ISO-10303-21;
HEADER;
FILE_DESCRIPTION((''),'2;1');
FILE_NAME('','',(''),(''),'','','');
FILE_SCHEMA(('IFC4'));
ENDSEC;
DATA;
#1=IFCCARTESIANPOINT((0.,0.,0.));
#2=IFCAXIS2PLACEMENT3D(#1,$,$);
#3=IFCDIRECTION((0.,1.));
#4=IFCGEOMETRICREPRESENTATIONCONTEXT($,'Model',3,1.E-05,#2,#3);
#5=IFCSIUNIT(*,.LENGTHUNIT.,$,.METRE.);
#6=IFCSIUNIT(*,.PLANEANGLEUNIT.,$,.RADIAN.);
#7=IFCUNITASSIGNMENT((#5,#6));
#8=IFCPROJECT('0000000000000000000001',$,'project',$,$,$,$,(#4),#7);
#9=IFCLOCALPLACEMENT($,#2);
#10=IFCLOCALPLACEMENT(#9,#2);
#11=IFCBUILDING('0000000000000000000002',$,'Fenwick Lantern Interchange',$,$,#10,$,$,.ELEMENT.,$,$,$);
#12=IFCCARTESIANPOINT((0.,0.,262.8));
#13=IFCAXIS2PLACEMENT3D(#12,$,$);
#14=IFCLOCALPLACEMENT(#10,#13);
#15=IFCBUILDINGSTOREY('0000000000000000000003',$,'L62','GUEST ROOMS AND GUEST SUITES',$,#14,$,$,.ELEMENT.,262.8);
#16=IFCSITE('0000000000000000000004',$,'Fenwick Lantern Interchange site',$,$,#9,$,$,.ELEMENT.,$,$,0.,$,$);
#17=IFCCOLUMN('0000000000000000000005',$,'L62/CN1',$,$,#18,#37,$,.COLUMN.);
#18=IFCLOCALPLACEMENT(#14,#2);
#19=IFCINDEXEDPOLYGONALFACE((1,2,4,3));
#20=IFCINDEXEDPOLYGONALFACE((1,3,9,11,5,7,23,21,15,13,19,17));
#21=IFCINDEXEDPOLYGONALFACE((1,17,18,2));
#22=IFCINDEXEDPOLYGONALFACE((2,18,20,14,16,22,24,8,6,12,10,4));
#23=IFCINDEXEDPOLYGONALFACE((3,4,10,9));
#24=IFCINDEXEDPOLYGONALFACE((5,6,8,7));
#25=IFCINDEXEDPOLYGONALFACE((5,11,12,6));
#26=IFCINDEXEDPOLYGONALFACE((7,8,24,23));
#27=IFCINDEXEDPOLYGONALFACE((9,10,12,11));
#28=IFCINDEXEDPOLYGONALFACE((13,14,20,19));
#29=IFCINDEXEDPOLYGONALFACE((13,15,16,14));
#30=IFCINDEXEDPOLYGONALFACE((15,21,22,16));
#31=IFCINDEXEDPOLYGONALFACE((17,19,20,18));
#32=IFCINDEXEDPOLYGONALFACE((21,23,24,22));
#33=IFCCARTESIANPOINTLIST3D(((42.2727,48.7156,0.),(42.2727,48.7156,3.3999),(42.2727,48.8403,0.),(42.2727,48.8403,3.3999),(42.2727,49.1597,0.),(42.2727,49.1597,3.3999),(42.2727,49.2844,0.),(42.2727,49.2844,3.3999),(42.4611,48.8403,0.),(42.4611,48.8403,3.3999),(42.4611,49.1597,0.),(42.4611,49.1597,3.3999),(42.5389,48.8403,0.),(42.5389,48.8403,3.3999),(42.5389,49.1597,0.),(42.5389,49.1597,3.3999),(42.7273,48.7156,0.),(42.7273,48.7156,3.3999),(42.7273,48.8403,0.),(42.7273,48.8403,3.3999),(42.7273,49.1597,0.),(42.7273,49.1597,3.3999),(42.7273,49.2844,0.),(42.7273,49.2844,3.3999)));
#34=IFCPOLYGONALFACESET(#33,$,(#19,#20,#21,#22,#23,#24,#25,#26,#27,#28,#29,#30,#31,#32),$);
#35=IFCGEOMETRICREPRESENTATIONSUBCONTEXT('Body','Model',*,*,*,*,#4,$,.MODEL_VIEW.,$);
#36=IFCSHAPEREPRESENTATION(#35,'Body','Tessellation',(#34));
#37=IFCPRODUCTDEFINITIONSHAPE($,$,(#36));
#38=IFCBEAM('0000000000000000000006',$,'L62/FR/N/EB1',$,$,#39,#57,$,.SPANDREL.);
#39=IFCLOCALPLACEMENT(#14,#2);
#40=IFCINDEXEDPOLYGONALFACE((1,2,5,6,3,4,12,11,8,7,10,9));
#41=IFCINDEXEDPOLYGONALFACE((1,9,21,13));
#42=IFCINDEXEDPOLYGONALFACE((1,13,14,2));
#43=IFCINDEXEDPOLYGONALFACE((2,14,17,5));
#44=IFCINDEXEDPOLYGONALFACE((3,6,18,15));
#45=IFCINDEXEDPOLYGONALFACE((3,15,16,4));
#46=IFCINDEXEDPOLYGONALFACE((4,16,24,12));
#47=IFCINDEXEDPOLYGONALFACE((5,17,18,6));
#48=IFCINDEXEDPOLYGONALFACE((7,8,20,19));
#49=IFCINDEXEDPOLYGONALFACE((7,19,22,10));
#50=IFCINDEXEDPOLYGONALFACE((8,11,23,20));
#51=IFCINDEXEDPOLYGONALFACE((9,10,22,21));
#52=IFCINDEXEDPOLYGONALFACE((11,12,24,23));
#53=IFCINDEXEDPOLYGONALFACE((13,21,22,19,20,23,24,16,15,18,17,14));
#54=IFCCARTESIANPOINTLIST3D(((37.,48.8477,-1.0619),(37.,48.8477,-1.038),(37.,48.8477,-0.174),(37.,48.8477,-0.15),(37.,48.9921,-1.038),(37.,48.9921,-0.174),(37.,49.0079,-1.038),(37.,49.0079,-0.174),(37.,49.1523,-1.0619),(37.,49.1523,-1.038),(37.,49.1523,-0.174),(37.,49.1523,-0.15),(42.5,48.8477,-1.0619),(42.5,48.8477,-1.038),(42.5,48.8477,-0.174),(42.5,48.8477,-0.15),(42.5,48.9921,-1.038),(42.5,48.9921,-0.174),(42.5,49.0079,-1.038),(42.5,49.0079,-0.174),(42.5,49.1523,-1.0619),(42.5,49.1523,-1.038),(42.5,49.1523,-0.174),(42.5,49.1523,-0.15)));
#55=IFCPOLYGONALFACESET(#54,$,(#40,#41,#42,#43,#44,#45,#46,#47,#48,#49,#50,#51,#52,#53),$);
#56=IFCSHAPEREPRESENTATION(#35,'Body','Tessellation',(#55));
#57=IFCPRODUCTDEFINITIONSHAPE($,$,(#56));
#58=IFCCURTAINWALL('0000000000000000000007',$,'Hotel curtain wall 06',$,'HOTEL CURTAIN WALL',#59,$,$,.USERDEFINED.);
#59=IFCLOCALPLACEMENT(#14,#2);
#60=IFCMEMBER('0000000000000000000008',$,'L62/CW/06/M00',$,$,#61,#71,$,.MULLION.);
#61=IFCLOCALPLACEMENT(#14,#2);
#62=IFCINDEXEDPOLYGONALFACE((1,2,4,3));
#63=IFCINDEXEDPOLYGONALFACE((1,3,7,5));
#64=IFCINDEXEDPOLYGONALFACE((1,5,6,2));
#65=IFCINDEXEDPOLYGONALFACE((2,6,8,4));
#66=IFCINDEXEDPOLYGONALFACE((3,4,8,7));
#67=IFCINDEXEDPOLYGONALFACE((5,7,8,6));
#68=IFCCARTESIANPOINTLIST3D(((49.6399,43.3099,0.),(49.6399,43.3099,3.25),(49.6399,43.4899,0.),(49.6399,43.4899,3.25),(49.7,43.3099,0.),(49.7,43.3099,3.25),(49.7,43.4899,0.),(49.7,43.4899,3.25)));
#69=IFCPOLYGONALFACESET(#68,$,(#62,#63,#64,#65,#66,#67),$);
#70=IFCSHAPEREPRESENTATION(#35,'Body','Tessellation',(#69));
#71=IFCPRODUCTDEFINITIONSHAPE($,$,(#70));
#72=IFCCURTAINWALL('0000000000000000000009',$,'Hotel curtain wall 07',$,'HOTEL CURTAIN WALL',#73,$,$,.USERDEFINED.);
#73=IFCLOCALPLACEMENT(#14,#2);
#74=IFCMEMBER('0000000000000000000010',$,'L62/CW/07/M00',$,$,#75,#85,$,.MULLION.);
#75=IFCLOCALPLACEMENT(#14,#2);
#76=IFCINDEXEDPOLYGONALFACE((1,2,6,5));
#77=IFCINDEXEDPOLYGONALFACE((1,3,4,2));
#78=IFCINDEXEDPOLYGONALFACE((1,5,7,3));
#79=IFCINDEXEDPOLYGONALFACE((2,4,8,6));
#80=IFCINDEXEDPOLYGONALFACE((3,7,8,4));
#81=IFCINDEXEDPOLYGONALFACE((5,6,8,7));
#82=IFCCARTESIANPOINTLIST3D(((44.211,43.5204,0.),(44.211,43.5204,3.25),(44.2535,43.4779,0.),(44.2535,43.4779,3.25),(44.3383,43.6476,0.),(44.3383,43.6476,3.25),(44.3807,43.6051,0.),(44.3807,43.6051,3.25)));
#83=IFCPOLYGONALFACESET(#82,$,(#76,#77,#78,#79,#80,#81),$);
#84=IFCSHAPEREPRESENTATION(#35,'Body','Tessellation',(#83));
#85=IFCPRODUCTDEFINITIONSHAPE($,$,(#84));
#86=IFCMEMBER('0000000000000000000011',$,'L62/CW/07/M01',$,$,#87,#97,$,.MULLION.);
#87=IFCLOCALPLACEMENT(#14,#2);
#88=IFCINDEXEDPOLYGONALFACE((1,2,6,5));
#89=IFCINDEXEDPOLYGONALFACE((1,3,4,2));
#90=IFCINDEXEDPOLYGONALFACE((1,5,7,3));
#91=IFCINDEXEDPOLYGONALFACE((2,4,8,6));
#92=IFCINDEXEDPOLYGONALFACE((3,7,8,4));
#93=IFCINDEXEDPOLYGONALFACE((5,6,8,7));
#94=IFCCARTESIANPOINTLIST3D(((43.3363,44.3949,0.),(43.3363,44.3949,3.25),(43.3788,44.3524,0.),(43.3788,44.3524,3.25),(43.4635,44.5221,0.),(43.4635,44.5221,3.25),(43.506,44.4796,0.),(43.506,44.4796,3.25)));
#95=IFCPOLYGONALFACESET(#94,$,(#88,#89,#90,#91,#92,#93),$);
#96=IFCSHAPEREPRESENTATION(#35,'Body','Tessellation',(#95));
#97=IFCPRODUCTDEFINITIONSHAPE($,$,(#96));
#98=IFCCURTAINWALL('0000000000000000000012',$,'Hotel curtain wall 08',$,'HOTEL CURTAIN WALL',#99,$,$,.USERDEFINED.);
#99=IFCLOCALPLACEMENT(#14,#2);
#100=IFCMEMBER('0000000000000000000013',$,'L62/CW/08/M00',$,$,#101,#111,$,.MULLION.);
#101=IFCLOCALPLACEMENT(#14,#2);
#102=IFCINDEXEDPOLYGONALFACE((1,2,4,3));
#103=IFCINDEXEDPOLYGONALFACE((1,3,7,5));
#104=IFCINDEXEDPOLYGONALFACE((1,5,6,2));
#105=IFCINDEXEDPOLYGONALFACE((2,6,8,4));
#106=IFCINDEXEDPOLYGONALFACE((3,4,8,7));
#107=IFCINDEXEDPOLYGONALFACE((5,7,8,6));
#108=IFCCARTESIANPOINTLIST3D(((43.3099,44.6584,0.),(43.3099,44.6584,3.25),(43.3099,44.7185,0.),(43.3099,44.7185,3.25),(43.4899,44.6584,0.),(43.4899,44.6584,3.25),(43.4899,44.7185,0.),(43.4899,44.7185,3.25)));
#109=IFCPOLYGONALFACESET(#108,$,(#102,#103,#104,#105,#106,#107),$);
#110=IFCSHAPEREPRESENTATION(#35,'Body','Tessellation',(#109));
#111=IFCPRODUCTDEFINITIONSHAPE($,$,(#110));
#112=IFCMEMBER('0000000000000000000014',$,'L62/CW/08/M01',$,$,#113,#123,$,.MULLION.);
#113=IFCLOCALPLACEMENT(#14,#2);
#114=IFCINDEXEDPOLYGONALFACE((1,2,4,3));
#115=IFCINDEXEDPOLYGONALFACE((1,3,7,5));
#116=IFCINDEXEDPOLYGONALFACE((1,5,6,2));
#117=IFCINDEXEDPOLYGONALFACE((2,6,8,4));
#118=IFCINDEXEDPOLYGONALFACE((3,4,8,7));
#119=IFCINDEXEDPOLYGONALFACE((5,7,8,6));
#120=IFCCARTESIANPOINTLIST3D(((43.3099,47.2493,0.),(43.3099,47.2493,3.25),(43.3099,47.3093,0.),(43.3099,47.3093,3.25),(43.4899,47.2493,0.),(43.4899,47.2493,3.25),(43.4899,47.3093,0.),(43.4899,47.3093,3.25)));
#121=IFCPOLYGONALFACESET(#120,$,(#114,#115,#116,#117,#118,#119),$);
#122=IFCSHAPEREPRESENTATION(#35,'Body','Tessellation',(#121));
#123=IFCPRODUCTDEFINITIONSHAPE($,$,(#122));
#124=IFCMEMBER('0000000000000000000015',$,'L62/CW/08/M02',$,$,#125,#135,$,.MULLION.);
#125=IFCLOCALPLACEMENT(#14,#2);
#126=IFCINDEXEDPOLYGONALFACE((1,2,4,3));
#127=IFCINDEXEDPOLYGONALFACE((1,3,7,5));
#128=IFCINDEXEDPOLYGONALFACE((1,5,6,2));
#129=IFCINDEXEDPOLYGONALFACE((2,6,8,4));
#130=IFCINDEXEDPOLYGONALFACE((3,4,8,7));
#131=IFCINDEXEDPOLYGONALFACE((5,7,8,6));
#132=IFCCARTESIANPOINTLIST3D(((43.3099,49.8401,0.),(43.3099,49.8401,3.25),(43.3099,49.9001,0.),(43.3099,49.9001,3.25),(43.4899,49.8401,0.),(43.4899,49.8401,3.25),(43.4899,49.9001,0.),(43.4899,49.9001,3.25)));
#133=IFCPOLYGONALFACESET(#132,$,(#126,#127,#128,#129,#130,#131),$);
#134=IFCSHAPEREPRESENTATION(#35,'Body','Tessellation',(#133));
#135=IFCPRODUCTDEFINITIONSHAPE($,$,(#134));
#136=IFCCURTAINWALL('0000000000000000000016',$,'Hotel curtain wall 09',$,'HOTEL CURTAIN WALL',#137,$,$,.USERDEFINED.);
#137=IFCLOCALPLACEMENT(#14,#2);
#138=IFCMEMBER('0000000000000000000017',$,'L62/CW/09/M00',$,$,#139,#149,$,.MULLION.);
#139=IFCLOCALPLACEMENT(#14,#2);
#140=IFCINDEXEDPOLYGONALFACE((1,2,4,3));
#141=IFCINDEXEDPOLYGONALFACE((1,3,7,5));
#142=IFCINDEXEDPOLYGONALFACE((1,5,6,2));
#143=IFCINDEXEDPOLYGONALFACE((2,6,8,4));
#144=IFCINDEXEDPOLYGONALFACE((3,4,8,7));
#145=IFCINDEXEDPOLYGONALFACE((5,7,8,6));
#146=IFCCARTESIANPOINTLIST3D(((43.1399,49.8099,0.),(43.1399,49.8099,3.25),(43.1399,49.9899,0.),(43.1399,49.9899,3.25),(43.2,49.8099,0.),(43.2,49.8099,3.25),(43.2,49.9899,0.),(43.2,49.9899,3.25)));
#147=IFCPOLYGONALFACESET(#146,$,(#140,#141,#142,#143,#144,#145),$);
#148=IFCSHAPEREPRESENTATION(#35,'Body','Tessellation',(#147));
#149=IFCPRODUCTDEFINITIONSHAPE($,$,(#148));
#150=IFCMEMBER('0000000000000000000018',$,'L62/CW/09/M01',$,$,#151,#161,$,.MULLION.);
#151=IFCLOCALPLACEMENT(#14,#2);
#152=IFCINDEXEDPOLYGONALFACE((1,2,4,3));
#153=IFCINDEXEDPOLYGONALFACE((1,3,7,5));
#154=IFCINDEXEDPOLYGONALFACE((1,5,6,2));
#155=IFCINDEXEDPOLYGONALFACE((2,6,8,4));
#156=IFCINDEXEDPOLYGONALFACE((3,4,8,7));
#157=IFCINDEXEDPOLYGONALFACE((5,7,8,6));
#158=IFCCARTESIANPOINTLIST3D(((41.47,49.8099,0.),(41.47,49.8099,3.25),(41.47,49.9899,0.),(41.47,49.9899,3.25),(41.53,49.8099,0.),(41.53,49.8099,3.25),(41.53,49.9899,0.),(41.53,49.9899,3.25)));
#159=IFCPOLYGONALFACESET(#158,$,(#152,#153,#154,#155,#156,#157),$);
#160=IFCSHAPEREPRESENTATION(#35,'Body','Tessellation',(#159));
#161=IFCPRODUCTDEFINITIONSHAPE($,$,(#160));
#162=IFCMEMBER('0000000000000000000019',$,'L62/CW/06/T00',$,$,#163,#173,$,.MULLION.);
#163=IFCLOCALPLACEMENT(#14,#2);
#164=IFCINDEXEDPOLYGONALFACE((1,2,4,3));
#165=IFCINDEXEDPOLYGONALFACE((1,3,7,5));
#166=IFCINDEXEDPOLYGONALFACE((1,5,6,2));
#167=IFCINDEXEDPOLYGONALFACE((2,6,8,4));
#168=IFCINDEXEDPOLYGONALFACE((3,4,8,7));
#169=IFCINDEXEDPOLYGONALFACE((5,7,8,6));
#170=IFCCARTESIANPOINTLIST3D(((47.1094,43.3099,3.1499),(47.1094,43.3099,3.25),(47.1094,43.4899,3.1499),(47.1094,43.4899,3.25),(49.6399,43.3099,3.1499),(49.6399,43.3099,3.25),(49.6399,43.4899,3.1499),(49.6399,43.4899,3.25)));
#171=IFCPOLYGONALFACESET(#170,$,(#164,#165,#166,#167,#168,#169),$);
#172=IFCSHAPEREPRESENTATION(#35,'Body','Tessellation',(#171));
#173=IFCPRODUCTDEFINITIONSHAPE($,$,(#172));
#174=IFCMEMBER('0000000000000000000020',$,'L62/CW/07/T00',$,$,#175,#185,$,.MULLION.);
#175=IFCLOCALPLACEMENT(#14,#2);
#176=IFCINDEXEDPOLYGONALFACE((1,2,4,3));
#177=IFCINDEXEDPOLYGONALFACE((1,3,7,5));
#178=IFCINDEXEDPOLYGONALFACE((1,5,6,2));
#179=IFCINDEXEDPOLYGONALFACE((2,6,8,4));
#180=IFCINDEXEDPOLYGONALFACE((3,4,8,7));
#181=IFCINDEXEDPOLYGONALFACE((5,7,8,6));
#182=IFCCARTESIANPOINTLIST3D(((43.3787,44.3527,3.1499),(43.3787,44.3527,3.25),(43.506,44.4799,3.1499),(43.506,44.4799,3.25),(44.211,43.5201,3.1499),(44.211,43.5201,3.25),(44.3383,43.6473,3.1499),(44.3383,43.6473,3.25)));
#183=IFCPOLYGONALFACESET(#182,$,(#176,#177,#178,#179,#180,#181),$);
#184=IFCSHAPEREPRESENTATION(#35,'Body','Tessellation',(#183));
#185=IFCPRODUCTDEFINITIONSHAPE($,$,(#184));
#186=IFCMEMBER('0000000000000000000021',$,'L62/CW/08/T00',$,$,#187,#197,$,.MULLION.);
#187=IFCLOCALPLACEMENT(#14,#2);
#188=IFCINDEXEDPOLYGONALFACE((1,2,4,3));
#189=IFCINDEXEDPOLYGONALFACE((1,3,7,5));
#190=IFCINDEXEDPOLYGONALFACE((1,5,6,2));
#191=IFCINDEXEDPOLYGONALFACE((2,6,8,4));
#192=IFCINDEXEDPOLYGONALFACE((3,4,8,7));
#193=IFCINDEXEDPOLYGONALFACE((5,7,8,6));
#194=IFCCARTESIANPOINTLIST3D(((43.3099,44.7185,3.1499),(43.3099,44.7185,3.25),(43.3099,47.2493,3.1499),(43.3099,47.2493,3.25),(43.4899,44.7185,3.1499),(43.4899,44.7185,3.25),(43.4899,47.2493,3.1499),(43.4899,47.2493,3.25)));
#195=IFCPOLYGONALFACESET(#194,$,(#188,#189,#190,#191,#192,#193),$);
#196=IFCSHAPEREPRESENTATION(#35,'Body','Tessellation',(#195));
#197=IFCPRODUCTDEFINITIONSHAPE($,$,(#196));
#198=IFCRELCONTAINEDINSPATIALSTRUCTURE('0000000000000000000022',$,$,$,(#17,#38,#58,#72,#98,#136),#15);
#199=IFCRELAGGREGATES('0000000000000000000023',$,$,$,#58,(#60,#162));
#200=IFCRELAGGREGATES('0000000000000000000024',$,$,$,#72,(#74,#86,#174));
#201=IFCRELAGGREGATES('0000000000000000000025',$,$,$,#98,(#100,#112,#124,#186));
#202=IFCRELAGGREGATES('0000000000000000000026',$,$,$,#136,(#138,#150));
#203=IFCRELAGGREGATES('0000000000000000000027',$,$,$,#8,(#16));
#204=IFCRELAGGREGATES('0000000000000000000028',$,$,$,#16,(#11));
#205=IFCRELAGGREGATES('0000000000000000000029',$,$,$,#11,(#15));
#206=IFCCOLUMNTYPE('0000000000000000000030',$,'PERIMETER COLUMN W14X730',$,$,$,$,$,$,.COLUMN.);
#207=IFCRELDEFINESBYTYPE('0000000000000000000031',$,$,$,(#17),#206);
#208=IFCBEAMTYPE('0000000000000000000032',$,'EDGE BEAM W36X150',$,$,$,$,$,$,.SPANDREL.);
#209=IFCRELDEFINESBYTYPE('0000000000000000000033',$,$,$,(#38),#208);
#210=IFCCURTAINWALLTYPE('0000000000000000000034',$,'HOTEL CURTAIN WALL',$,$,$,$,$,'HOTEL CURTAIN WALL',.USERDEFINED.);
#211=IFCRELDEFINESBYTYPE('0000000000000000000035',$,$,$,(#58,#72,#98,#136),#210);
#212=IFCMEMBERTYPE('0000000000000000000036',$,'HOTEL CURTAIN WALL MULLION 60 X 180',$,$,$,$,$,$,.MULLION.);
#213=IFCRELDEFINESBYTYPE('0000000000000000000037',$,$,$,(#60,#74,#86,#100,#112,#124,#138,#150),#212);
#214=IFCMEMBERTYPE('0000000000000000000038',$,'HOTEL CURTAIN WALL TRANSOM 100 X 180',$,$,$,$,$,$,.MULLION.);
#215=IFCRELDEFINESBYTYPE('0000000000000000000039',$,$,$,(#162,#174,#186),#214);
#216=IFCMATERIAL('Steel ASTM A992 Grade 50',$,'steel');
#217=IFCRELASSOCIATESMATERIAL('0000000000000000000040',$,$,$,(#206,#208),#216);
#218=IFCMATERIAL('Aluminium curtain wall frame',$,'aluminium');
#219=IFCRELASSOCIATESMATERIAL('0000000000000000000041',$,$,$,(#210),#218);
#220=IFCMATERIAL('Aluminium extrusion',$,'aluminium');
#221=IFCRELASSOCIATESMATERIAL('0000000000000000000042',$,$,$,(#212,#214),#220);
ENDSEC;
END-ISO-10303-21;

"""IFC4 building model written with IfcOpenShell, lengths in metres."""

from ifc_helpers import new_model, si_unit, direction, frame, origin, origin_2d, place, context, subcontext, project, spatial, rectangle, i_section, extrude, material, material_profile, profile_set, type_object, element, aggregate, save


model = new_model("IFC4")

# Units and contexts
model_context = context("Model", 3, precision=1e-05, world=origin(), true_north=direction((0.0, 1.0)))
body_context = subcontext(model_context, "Body", "Model", "MODEL_VIEW")
ifc_project = project(units=[si_unit("LENGTHUNIT", "METRE"), si_unit("PLANEANGLEUNIT", "RADIAN")], contexts=[model_context])

# Site, building, storey
site_placement = place(None, origin())
site = spatial("IfcSite", under=ifc_project, at=site_placement, Name="Fenwick Lantern Interchange site", CompositionType="ELEMENT", RefElevation=0.0)
building_placement = place(site_placement, origin())
building = spatial("IfcBuilding", under=site, at=building_placement, Name="Fenwick Lantern Interchange", CompositionType="ELEMENT")
storey_placement = place(building_placement, frame((0.0, 0.0, 262.8)))
storey = spatial("IfcBuildingStorey", under=building, at=storey_placement, Name="L62", Description="GUEST ROOMS AND GUEST SUITES", CompositionType="ELEMENT", Elevation=262.8)

# Column
ifc_material_1 = material(Name="Steel ASTM A992 Grade 50", Category="steel")
ifc_material_profile_1 = material_profile(ifc_material_1, i_section(OverallWidth=0.4546, OverallDepth=0.5688, WebThickness=0.0779, FlangeThickness=0.1248, at=origin_2d()), Name="W14X730")
ifc_profile_set_1 = profile_set([ifc_material_profile_1], Name="Steel ASTM A992 Grade 50")
column_type = type_object("IfcColumnType", Name="PERIMETER COLUMN W14X730", PredefinedType="COLUMN", material=ifc_profile_set_1)
column_placement = place(storey_placement, frame((42.5, 49.0, 0.0), z_axis=(0.0, 0.0, 1.0), x_axis=(1.0, 0.0, 0.0)))
element("IfcColumn", 1, at=column_placement, inside=storey, type_object=column_type, Name="L62/CN1", PredefinedType="COLUMN", context=body_context, shape_type="SweptSolid", body=[
    extrude(i_section(OverallWidth=0.4546, OverallDepth=0.5688, WebThickness=0.0779, FlangeThickness=0.1248, at=origin_2d()), origin(), (0.0, 0.0, 1.0), 3.3999),
])

# Beam
ifc_material_profile_2 = material_profile(ifc_material_1, i_section(OverallWidth=0.3047, OverallDepth=0.9119, WebThickness=0.0159, FlangeThickness=0.0239, at=origin_2d()), Name="W36X150")
ifc_profile_set_2 = profile_set([ifc_material_profile_2], Name="Steel ASTM A992 Grade 50")
beam_type = type_object("IfcBeamType", Name="EDGE BEAM W36X150", PredefinedType="SPANDREL", material=ifc_profile_set_2)
beam_placement = place(storey_placement, frame((42.5, 49.0, -0.606), z_axis=(-1.0, 0.0, 0.0), x_axis=(0.0, -1.0, 0.0)))
element("IfcBeam", 2, at=beam_placement, inside=storey, type_object=beam_type, Name="L62/FR/N/EB1", PredefinedType="SPANDREL", context=body_context, shape_type="SweptSolid", body=[
    extrude(i_section(OverallWidth=0.3047, OverallDepth=0.9119, WebThickness=0.0159, FlangeThickness=0.0239, at=origin_2d()), origin(), (0.0, 0.0, 1.0), 5.5),
])

# Curtain wall, member
ifc_material_2 = material(Name="Aluminium curtain wall frame", Category="aluminium")
curtain_wall_type = type_object("IfcCurtainWallType", Name="HOTEL CURTAIN WALL", ElementType="HOTEL CURTAIN WALL", PredefinedType="USERDEFINED", material=ifc_material_2)
curtain_wall_1_placement = place(storey_placement, origin())
curtain_wall_1 = element("IfcCurtainWall", 3, at=curtain_wall_1_placement, inside=storey, type_object=curtain_wall_type, Name="Hotel curtain wall 06", ObjectType="HOTEL CURTAIN WALL", PredefinedType="USERDEFINED")
ifc_material_3 = material(Name="Aluminium extrusion", Category="aluminium")
ifc_material_profile_3 = material_profile(ifc_material_3, rectangle(XDim=0.1799, YDim=0.0601, at=origin_2d()), Name="HOTEL CURTAIN WALL MULLION 60 X 180")
ifc_profile_set_3 = profile_set([ifc_material_profile_3], Name="Aluminium extrusion")
member_type_1 = type_object("IfcMemberType", Name="HOTEL CURTAIN WALL MULLION 60 X 180", PredefinedType="MULLION", material=ifc_profile_set_3)
member_1_placement = place(storey_placement, frame((49.6699, 43.3999, 0.0), z_axis=(0.0, 0.0, 1.0), x_axis=(0.0, -1.0, 0.0)))
member_1 = element("IfcMember", 4, at=member_1_placement, type_object=member_type_1, Name="L62/CW/06/M00", PredefinedType="MULLION", context=body_context, shape_type="SweptSolid", body=[
    extrude(rectangle(XDim=0.1799, YDim=0.0601, at=origin_2d()), origin(), (0.0, 0.0, 1.0), 3.25),
])

# Curtain walls, members
curtain_wall_2_placement = place(storey_placement, origin())
curtain_wall_2 = element("IfcCurtainWall", 5, at=curtain_wall_2_placement, inside=storey, type_object=curtain_wall_type, Name="Hotel curtain wall 07", ObjectType="HOTEL CURTAIN WALL", PredefinedType="USERDEFINED")
member_2_placement = place(storey_placement, frame((44.2959, 43.5627, 0.0), z_axis=(0.0, 0.0, 1.0), x_axis=(-0.707107, -0.707107, 0.0)))
member_2 = element("IfcMember", 6, at=member_2_placement, type_object=member_type_1, Name="L62/CW/07/M00", PredefinedType="MULLION", context=body_context, shape_type="SweptSolid", body=[
    extrude(rectangle(XDim=0.1799, YDim=0.0601, at=origin_2d()), origin(), (0.0, 0.0, 1.0), 3.25),
])
member_3_placement = place(storey_placement, frame((43.4211, 44.4373, 0.0), z_axis=(0.0, 0.0, 1.0), x_axis=(-0.707107, -0.707107, 0.0)))
member_3 = element("IfcMember", 7, at=member_3_placement, type_object=member_type_1, Name="L62/CW/07/M01", PredefinedType="MULLION", context=body_context, shape_type="SweptSolid", body=[
    extrude(rectangle(XDim=0.1799, YDim=0.0601, at=origin_2d()), origin(), (0.0, 0.0, 1.0), 3.25),
])
curtain_wall_3_placement = place(storey_placement, origin())
curtain_wall_3 = element("IfcCurtainWall", 8, at=curtain_wall_3_placement, inside=storey, type_object=curtain_wall_type, Name="Hotel curtain wall 08", ObjectType="HOTEL CURTAIN WALL", PredefinedType="USERDEFINED")
member_4_placement = place(storey_placement, frame((43.3999, 44.6885, 0.0), z_axis=(0.0, 0.0, 1.0), x_axis=(-1.0, 0.0, 0.0)))
member_4 = element("IfcMember", 9, at=member_4_placement, type_object=member_type_1, Name="L62/CW/08/M00", PredefinedType="MULLION", context=body_context, shape_type="SweptSolid", body=[
    extrude(rectangle(XDim=0.1799, YDim=0.0601, at=origin_2d()), origin(), (0.0, 0.0, 1.0), 3.25),
])
member_5_placement = place(storey_placement, frame((43.3999, 47.2793, 0.0), z_axis=(0.0, 0.0, 1.0), x_axis=(-1.0, 0.0, 0.0)))
member_5 = element("IfcMember", 10, at=member_5_placement, type_object=member_type_1, Name="L62/CW/08/M01", PredefinedType="MULLION", context=body_context, shape_type="SweptSolid", body=[
    extrude(rectangle(XDim=0.1799, YDim=0.0601, at=origin_2d()), origin(), (0.0, 0.0, 1.0), 3.25),
])
member_6_placement = place(storey_placement, frame((43.3999, 49.8701, 0.0), z_axis=(0.0, 0.0, 1.0), x_axis=(-1.0, 0.0, 0.0)))
member_6 = element("IfcMember", 11, at=member_6_placement, type_object=member_type_1, Name="L62/CW/08/M02", PredefinedType="MULLION", context=body_context, shape_type="SweptSolid", body=[
    extrude(rectangle(XDim=0.1799, YDim=0.0601, at=origin_2d()), origin(), (0.0, 0.0, 1.0), 3.25),
])
curtain_wall_4_placement = place(storey_placement, origin())
curtain_wall_4 = element("IfcCurtainWall", 12, at=curtain_wall_4_placement, inside=storey, type_object=curtain_wall_type, Name="Hotel curtain wall 09", ObjectType="HOTEL CURTAIN WALL", PredefinedType="USERDEFINED")
member_7_placement = place(storey_placement, frame((43.1699, 49.8999, 0.0), z_axis=(0.0, 0.0, 1.0), x_axis=(0.0, -1.0, 0.0)))
member_7 = element("IfcMember", 13, at=member_7_placement, type_object=member_type_1, Name="L62/CW/09/M00", PredefinedType="MULLION", context=body_context, shape_type="SweptSolid", body=[
    extrude(rectangle(XDim=0.1799, YDim=0.0601, at=origin_2d()), origin(), (0.0, 0.0, 1.0), 3.25),
])
member_8_placement = place(storey_placement, frame((41.5, 49.8999, 0.0), z_axis=(0.0, 0.0, 1.0), x_axis=(0.0, -1.0, 0.0)))
member_8 = element("IfcMember", 14, at=member_8_placement, type_object=member_type_1, Name="L62/CW/09/M01", PredefinedType="MULLION", context=body_context, shape_type="SweptSolid", body=[
    extrude(rectangle(XDim=0.1799, YDim=0.0601, at=origin_2d()), origin(), (0.0, 0.0, 1.0), 3.25),
])

# Members
ifc_material_profile_4 = material_profile(ifc_material_3, rectangle(XDim=0.1799, YDim=0.1001, at=origin_2d()), Name="HOTEL CURTAIN WALL TRANSOM 100 X 180")
ifc_profile_set_4 = profile_set([ifc_material_profile_4], Name="Aluminium extrusion")
member_type_2 = type_object("IfcMemberType", Name="HOTEL CURTAIN WALL TRANSOM 100 X 180", PredefinedType="MULLION", material=ifc_profile_set_4)
member_9_placement = place(storey_placement, frame((49.6399, 43.3999, 3.2), z_axis=(-1.0, 0.0, 0.0), x_axis=(0.0, -1.0, 0.0)))
member_9 = element("IfcMember", 15, at=member_9_placement, type_object=member_type_2, Name="L62/CW/06/T00", PredefinedType="MULLION", context=body_context, shape_type="SweptSolid", body=[
    extrude(rectangle(XDim=0.1799, YDim=0.1001, at=origin_2d()), origin(), (0.0, 0.0, 1.0), 2.5305),
])
member_10_placement = place(storey_placement, frame((44.2747, 43.5837, 3.2), z_axis=(-0.707003, 0.70721, 0.0), x_axis=(-0.70721, -0.707003, 0.0)))
member_10 = element("IfcMember", 16, at=member_10_placement, type_object=member_type_2, Name="L62/CW/07/T00", PredefinedType="MULLION", context=body_context, shape_type="SweptSolid", body=[
    extrude(rectangle(XDim=0.1799, YDim=0.1001, at=origin_2d()), origin(), (0.0, 0.0, 1.0), 1.1772),
])
member_11_placement = place(storey_placement, frame((43.3999, 44.7185, 3.2), z_axis=(0.0, 1.0, 0.0), x_axis=(-1.0, 0.0, 0.0)))
member_11 = element("IfcMember", 17, at=member_11_placement, type_object=member_type_2, Name="L62/CW/08/T00", PredefinedType="MULLION", context=body_context, shape_type="SweptSolid", body=[
    extrude(rectangle(XDim=0.1799, YDim=0.1001, at=origin_2d()), origin(), (0.0, 0.0, 1.0), 2.5308),
])

aggregate(curtain_wall_1, [member_1, member_9])
aggregate(curtain_wall_2, [member_2, member_3, member_10])
aggregate(curtain_wall_3, [member_4, member_5, member_6, member_11])
aggregate(curtain_wall_4, [member_7, member_8])

save(model, "model.ifc")
